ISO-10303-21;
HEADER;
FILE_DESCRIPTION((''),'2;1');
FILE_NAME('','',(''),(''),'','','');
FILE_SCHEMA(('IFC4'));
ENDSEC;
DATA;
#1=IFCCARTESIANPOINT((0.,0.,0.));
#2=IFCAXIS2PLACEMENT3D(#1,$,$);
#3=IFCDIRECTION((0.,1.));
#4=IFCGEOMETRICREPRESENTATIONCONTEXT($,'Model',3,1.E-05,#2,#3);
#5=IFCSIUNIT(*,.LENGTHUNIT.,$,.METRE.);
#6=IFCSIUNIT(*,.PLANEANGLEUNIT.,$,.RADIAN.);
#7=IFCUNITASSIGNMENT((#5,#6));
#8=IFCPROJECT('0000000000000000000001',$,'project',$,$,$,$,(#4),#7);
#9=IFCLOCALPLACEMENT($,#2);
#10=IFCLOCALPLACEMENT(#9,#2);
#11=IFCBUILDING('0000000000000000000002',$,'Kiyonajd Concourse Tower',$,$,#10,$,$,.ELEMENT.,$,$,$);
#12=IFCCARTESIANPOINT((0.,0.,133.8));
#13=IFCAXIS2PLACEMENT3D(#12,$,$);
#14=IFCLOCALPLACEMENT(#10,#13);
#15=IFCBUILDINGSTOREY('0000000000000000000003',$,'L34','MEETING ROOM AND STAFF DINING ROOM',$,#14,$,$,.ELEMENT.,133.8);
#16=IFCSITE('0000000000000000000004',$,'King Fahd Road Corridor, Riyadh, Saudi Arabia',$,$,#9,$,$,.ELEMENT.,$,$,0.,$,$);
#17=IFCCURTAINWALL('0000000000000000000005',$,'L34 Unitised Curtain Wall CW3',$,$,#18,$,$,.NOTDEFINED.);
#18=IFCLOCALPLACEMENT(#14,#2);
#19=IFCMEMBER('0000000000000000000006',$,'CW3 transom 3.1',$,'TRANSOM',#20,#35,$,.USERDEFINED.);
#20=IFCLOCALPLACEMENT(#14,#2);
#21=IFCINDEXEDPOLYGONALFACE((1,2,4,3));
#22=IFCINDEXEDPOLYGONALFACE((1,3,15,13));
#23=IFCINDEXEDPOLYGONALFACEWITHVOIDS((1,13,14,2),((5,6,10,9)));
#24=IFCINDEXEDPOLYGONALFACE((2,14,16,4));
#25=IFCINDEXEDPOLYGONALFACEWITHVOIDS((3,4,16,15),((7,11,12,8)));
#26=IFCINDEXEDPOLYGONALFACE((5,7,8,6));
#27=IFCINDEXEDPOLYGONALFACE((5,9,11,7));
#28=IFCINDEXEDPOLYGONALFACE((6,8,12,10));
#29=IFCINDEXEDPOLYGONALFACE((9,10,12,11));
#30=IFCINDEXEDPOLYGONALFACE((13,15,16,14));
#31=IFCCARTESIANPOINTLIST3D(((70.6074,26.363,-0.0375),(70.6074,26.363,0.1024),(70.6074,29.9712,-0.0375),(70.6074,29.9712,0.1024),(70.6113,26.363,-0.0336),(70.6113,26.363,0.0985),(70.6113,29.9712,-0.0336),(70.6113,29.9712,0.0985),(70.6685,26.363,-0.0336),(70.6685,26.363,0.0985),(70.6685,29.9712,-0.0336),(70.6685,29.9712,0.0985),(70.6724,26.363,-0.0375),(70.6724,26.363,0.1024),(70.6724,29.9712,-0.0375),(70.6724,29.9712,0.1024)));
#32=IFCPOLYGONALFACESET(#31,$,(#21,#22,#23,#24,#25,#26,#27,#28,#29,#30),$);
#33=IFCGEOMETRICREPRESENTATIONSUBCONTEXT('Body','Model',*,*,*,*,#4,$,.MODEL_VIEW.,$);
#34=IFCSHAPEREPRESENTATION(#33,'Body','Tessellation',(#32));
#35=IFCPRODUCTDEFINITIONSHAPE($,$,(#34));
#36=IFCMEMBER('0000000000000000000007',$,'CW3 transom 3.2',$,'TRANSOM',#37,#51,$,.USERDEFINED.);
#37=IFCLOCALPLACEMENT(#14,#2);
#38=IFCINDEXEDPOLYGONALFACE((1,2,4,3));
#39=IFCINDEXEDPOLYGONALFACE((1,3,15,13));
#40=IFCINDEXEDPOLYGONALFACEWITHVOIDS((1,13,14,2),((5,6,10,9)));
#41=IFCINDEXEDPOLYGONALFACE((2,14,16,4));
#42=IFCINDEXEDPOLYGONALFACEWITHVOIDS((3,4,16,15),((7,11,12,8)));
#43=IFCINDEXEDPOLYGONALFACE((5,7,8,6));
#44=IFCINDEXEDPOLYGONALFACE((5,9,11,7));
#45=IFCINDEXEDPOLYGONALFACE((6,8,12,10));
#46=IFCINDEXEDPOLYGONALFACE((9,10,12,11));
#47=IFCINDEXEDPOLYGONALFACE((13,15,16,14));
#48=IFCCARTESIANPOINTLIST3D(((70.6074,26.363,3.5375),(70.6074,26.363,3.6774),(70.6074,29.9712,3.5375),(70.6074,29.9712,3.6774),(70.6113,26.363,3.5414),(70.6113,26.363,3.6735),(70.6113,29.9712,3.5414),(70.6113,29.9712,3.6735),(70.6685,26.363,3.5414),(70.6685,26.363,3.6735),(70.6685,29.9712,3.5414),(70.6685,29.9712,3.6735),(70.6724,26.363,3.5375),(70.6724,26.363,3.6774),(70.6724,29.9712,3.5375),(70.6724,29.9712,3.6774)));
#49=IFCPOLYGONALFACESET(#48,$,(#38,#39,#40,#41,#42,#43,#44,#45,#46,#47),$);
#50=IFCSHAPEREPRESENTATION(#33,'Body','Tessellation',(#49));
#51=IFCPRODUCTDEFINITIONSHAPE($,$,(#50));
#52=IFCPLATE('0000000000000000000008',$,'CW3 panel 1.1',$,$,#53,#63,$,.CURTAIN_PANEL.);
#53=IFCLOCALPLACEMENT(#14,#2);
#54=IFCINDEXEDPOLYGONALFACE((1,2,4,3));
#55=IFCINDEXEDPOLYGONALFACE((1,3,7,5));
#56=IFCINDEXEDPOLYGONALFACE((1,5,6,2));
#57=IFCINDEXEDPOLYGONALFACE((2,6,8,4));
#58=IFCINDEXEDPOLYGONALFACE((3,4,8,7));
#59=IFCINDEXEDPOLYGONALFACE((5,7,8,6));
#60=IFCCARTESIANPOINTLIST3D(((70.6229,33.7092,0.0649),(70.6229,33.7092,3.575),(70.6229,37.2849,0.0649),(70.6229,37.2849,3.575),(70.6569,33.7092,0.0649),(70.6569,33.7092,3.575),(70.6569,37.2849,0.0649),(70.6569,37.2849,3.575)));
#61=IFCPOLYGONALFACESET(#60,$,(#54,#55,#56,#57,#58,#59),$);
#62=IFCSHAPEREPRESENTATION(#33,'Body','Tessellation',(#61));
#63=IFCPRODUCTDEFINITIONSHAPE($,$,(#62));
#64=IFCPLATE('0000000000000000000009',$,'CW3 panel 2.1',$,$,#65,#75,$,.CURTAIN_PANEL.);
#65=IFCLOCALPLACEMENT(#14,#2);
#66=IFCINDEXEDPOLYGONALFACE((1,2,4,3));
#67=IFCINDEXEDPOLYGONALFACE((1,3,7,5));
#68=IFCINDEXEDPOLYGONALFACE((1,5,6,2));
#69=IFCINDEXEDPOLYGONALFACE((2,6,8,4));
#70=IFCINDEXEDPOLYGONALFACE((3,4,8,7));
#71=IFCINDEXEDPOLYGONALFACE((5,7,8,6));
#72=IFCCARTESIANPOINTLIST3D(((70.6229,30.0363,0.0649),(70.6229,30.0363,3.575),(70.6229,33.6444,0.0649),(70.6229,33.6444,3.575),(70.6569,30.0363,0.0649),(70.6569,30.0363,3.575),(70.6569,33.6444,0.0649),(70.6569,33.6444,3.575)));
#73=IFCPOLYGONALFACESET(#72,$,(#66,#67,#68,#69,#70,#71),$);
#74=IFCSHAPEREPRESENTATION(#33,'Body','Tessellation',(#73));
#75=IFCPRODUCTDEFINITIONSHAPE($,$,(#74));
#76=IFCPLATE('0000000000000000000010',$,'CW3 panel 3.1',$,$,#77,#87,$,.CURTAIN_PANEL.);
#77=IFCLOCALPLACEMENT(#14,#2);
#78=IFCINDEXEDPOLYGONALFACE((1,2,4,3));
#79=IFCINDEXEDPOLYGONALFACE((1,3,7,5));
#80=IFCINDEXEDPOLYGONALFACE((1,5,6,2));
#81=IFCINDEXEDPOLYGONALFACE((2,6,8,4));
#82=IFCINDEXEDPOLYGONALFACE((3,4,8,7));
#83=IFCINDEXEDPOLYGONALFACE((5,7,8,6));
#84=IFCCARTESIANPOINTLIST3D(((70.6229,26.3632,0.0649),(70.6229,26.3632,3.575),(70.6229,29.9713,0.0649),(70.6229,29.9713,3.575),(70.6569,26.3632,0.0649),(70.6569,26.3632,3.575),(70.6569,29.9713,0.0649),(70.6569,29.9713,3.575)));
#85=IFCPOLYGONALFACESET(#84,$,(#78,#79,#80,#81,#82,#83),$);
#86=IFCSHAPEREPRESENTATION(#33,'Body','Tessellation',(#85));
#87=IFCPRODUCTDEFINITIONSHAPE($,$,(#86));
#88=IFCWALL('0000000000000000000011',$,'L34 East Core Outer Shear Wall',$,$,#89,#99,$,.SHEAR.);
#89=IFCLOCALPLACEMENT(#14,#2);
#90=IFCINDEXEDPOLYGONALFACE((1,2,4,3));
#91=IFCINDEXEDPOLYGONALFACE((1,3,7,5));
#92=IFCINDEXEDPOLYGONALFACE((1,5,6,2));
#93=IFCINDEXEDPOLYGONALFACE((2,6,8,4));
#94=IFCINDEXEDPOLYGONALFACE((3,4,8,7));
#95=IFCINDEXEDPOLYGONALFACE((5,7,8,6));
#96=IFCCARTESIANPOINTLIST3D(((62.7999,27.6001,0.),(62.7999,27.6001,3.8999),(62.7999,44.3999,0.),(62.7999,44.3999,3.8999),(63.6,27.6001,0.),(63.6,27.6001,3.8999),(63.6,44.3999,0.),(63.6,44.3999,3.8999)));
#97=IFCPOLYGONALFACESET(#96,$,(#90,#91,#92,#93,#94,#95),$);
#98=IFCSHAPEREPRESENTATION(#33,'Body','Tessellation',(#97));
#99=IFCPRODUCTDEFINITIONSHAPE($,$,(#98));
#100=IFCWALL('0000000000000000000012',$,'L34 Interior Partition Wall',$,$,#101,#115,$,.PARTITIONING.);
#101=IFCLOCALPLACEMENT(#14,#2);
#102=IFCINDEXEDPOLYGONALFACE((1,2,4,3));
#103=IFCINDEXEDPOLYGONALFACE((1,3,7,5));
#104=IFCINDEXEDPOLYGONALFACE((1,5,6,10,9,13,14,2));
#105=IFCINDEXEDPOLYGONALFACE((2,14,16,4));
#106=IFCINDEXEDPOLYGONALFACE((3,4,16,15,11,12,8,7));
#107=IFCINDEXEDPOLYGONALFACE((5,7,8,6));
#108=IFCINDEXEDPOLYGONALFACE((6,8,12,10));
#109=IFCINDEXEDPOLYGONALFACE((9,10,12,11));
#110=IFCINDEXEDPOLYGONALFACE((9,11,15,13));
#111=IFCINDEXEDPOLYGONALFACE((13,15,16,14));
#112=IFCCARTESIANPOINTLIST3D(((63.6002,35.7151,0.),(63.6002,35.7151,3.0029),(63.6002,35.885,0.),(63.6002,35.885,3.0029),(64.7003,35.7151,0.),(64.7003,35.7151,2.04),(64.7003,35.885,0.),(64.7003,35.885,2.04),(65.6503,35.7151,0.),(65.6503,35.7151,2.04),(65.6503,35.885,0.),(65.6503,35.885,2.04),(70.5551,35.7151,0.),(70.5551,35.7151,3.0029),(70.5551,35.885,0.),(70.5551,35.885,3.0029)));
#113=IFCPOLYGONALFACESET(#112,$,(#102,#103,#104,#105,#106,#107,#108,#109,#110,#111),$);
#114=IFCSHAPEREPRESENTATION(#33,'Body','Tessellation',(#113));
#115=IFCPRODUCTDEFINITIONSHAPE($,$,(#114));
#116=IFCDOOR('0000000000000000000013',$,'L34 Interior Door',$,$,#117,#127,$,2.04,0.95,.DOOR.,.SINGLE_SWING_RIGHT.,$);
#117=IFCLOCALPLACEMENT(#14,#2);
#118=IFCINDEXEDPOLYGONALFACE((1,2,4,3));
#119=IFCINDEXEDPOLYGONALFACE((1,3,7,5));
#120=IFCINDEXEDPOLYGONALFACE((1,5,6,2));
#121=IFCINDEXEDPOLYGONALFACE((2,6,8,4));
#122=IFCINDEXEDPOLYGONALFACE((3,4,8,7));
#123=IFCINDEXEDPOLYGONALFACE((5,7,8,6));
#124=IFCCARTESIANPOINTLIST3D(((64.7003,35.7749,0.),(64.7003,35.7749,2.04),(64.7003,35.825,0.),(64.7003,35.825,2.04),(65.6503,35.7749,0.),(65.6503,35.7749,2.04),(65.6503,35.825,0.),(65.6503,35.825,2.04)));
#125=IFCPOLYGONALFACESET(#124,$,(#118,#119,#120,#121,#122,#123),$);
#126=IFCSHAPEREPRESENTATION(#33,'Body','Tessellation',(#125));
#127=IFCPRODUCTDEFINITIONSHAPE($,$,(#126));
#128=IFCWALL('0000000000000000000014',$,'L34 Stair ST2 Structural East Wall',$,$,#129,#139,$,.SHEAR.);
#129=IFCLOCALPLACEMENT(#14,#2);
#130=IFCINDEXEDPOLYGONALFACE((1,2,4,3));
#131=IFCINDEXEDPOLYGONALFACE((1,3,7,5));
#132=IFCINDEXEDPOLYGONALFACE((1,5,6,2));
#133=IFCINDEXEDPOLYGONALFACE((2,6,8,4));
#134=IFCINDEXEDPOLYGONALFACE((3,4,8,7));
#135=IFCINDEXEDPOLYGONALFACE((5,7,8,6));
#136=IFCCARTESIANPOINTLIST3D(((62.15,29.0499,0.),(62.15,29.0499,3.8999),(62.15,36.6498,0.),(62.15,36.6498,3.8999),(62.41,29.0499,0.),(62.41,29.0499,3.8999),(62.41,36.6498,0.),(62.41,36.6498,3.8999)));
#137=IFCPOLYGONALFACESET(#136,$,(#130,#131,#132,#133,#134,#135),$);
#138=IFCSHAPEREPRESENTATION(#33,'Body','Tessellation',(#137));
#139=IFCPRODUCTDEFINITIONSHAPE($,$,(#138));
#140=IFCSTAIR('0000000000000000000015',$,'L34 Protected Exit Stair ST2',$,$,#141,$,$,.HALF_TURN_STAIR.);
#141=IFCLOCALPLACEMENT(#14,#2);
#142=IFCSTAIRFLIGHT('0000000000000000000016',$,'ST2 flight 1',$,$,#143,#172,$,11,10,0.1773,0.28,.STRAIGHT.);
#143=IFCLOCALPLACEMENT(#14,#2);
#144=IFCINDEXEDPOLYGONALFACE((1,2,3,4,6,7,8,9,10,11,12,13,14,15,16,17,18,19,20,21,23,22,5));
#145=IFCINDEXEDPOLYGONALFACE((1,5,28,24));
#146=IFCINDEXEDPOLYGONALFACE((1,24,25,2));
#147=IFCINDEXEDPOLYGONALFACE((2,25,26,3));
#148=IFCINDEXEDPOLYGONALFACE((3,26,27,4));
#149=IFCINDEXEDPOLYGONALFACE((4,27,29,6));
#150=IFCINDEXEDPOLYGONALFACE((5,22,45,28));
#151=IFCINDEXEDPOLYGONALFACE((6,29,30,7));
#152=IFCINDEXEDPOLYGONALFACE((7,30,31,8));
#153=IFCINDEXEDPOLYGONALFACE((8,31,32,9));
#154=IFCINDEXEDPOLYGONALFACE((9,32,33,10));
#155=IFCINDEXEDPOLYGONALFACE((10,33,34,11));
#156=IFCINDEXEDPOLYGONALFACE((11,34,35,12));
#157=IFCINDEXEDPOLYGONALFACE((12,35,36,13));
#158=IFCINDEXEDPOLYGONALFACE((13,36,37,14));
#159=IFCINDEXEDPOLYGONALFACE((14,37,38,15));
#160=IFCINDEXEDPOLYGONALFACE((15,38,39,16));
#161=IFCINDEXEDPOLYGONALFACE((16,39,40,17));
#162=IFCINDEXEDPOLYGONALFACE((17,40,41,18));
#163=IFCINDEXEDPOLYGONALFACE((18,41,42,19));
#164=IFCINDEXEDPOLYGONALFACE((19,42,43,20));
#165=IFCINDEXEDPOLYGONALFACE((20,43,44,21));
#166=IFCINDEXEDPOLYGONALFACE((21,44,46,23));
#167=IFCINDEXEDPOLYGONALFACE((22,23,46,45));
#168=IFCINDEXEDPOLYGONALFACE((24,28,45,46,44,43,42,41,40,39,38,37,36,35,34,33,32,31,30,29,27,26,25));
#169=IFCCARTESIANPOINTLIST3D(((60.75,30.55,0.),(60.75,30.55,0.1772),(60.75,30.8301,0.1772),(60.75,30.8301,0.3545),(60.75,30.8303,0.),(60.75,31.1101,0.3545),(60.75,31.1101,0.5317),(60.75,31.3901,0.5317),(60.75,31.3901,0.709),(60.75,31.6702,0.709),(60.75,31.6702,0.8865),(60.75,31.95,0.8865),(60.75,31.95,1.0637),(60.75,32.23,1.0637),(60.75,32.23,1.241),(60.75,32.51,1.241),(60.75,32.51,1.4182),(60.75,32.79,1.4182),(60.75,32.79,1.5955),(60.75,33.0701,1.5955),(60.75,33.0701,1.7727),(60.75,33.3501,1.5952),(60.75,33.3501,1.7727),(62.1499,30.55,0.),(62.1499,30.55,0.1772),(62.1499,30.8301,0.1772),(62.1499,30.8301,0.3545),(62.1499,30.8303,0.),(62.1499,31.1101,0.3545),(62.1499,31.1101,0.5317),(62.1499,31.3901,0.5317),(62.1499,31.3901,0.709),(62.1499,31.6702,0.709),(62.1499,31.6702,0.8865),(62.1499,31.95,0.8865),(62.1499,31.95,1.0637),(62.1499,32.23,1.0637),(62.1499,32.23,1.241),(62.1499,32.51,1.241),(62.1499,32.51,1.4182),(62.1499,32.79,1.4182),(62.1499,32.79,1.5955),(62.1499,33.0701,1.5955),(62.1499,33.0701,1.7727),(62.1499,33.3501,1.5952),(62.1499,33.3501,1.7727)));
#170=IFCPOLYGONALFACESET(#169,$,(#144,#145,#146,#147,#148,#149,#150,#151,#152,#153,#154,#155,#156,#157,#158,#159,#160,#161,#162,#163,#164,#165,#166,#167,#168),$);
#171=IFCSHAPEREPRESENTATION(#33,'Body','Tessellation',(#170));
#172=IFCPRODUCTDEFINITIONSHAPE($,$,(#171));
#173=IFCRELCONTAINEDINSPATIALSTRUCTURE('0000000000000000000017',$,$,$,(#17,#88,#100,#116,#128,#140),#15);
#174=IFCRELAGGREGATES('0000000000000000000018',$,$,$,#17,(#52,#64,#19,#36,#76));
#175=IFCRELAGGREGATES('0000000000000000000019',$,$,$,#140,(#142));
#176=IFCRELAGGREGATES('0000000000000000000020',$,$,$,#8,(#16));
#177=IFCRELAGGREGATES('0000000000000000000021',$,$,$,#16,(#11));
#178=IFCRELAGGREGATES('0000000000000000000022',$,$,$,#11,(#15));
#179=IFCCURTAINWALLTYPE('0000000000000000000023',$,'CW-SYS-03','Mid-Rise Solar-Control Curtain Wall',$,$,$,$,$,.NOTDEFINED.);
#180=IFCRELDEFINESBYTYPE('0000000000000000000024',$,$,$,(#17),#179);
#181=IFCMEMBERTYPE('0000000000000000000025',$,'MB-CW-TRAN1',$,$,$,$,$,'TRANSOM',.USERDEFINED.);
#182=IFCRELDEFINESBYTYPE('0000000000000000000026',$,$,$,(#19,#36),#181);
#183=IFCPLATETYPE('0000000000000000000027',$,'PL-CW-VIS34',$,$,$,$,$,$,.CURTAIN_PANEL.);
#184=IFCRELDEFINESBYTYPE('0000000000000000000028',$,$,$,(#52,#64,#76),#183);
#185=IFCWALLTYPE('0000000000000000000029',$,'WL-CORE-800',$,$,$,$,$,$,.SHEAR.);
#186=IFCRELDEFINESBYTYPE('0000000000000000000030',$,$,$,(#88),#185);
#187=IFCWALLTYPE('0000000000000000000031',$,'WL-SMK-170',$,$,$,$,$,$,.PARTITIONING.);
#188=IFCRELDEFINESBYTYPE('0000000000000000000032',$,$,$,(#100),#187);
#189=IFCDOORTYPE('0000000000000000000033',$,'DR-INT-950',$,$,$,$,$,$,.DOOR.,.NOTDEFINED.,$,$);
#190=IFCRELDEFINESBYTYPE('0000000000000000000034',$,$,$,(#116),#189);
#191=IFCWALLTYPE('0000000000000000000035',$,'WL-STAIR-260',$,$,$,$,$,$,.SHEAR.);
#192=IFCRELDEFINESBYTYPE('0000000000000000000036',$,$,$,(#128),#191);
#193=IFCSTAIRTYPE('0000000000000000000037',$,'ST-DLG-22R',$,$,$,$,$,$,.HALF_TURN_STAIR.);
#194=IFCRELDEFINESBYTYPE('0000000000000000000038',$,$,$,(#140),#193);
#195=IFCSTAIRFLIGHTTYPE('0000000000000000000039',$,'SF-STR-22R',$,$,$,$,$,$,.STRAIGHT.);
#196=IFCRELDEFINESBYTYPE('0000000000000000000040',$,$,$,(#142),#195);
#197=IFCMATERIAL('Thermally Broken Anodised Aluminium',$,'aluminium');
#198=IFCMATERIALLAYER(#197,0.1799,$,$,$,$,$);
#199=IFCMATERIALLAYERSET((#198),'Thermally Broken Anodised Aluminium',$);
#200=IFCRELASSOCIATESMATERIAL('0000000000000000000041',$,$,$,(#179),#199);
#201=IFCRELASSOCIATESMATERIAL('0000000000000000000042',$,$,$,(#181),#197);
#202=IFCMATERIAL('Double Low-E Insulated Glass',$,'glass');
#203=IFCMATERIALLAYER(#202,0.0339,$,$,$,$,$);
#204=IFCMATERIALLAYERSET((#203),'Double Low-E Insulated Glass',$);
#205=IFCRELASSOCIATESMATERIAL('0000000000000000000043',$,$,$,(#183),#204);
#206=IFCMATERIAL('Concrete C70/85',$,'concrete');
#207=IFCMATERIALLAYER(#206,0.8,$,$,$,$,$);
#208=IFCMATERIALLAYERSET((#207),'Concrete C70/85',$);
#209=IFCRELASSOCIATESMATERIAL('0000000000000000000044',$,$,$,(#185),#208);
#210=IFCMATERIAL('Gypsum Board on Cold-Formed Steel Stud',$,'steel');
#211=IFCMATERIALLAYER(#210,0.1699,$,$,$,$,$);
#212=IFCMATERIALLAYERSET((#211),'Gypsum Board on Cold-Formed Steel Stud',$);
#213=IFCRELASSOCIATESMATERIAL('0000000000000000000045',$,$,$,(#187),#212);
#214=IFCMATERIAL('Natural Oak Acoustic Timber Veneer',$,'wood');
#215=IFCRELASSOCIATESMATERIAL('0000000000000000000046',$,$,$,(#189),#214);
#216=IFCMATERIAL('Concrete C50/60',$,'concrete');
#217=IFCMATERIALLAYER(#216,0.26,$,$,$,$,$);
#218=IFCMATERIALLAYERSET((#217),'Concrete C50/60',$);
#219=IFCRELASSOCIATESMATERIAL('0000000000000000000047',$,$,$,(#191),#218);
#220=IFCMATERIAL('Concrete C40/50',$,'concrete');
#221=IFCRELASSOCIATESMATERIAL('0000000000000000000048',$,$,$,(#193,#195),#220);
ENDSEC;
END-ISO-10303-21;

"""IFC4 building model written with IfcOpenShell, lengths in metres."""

from ifc_helpers import new_model, si_unit, direction, frame, frame_2d, origin, origin_2d, place, context, subcontext, project, spatial, polyline, rectangle, hollow_rectangle, outline, extrude, material, layer, layer_set, material_profile, profile_set, type_object, element, fill, aggregate, save


model = new_model("IFC4")

# Units and contexts
model_context = context("Model", 3, precision=1e-05, world=origin(), true_north=direction((0.0, 1.0)))
body_context = subcontext(model_context, "Body", "Model", "MODEL_VIEW")
ifc_project = project(units=[si_unit("LENGTHUNIT", "METRE"), si_unit("PLANEANGLEUNIT", "RADIAN")], contexts=[model_context])

# Site, building, storey
site_placement = place(None, origin())
site = spatial("IfcSite", under=ifc_project, at=site_placement, Name="King Fahd Road Corridor, Riyadh, Saudi Arabia", CompositionType="ELEMENT", RefElevation=0.0)
building_placement = place(site_placement, origin())
building = spatial("IfcBuilding", under=site, at=building_placement, Name="Kiyonajd Concourse Tower", CompositionType="ELEMENT")
storey_placement = place(building_placement, frame((0.0, 0.0, 133.8)))
storey = spatial("IfcBuildingStorey", under=building, at=storey_placement, Name="L34", Description="MEETING ROOM AND STAFF DINING ROOM", CompositionType="ELEMENT", Elevation=133.8)

# Shared definitions
ifc_material_1 = material(Name="Concrete C70/85", Category="concrete")

# Curtain wall, members, plates
ifc_material_2 = material(Name="Thermally Broken Anodised Aluminium", Category="aluminium")
ifc_layer_1 = layer(ifc_material_2, 0.1799)
ifc_layer_set_1 = layer_set([ifc_layer_1], Name="Thermally Broken Anodised Aluminium")
curtain_wall_type = type_object("IfcCurtainWallType", Name="CW-SYS-03", Description="Mid-Rise Solar-Control Curtain Wall", PredefinedType="NOTDEFINED", material=ifc_layer_set_1)
curtain_wall_placement = place(storey_placement, origin())
curtain_wall = element("IfcCurtainWall", 1, at=curtain_wall_placement, inside=storey, type_object=curtain_wall_type, Name="L34 Unitised Curtain Wall CW3", PredefinedType="NOTDEFINED")
ifc_material_profile_1 = material_profile(ifc_material_2, hollow_rectangle(XDim=0.0649, YDim=0.1399, WallThickness=0.0039, at=origin_2d()), Name="TRAN-65x140")
ifc_profile_set_1 = profile_set([ifc_material_profile_1], Name="Thermally Broken Anodised Aluminium")
member_type_1 = type_object("IfcMemberType", Name="MB-CW-TRAN1", ElementType="TRANSOM", PredefinedType="USERDEFINED", material=ifc_profile_set_1)
member_1_placement = place(storey_placement, frame((70.6399, 29.9712, 0.0325), z_axis=(0.0, -1.0, 0.0), x_axis=(1.0, 0.0, 0.0)))
member_1 = element("IfcMember", 2, at=member_1_placement, type_object=member_type_1, Name="CW3 transom 3.1", ObjectType="TRANSOM", PredefinedType="USERDEFINED", context=body_context, shape_type="SweptSolid", body=[
    extrude(hollow_rectangle(XDim=0.0649, YDim=0.1399, WallThickness=0.0039, at=origin_2d()), origin(), (0.0, 0.0, 1.0), 3.6082),
])
member_2_placement = place(storey_placement, frame((70.6399, 29.9712, 3.6074), z_axis=(0.0, -1.0, 0.0), x_axis=(1.0, 0.0, 0.0)))
member_2 = element("IfcMember", 3, at=member_2_placement, type_object=member_type_1, Name="CW3 transom 3.2", ObjectType="TRANSOM", PredefinedType="USERDEFINED", context=body_context, shape_type="SweptSolid", body=[
    extrude(hollow_rectangle(XDim=0.0649, YDim=0.1399, WallThickness=0.0039, at=origin_2d()), origin(), (0.0, 0.0, 1.0), 3.6082),
])
ifc_material_3 = material(Name="Double Low-E Insulated Glass", Category="glass")
ifc_layer_2 = layer(ifc_material_3, 0.0339)
ifc_layer_set_2 = layer_set([ifc_layer_2], Name="Double Low-E Insulated Glass")
plate_type = type_object("IfcPlateType", Name="PL-CW-VIS34", PredefinedType="CURTAIN_PANEL", material=ifc_layer_set_2)
plate_1_placement = place(storey_placement, frame((70.6399, 35.4971, 0.0649), z_axis=(0.0, 0.0, 1.0), x_axis=(0.0, -1.0, 0.0)))
plate_1 = element("IfcPlate", 4, at=plate_1_placement, type_object=plate_type, Name="CW3 panel 1.1", PredefinedType="CURTAIN_PANEL", context=body_context, shape_type="SweptSolid", body=[
    extrude(rectangle(XDim=3.5757, YDim=0.0339, at=origin_2d()), origin(), (0.0, 0.0, 1.0), 3.51),
])
plate_2_placement = place(storey_placement, frame((70.6399, 31.8403, 0.0649), z_axis=(0.0, 0.0, 1.0), x_axis=(0.0, -1.0, 0.0)))
plate_2 = element("IfcPlate", 5, at=plate_2_placement, type_object=plate_type, Name="CW3 panel 2.1", PredefinedType="CURTAIN_PANEL", context=body_context, shape_type="SweptSolid", body=[
    extrude(rectangle(XDim=3.6082, YDim=0.0339, at=origin_2d()), origin(), (0.0, 0.0, 1.0), 3.51),
])
plate_3_placement = place(storey_placement, frame((70.6399, 28.1672, 0.0649), z_axis=(0.0, 0.0, 1.0), x_axis=(0.0, -1.0, 0.0)))
plate_3 = element("IfcPlate", 6, at=plate_3_placement, type_object=plate_type, Name="CW3 panel 3.1", PredefinedType="CURTAIN_PANEL", context=body_context, shape_type="SweptSolid", body=[
    extrude(rectangle(XDim=3.6082, YDim=0.0339, at=origin_2d()), origin(), (0.0, 0.0, 1.0), 3.51),
])
aggregate(curtain_wall, [plate_1, plate_2, member_1, member_2, plate_3])

# Wall
ifc_layer_3 = layer(ifc_material_1, 0.8)
ifc_layer_set_3 = layer_set([ifc_layer_3], Name="Concrete C70/85")
wall_type_1 = type_object("IfcWallType", Name="WL-CORE-800", PredefinedType="SHEAR", material=ifc_layer_set_3)
wall_1_placement = place(storey_placement, frame((63.2, 27.6001, 0.0), z_axis=(0.0, 0.0, 1.0), x_axis=(0.0, 1.0, 0.0)))
element("IfcWall", 7, at=wall_1_placement, inside=storey, type_object=wall_type_1, Name="L34 East Core Outer Shear Wall", PredefinedType="SHEAR", context=body_context, shape_type="SweptSolid", body=[
    extrude(rectangle(XDim=16.7998, YDim=0.8, at=frame_2d((8.3999, 0.0))), origin(), (0.0, 0.0, 1.0), 3.8999),
])

# Wall, opening, door
ifc_material_4 = material(Name="Gypsum Board on Cold-Formed Steel Stud", Category="steel")
ifc_layer_4 = layer(ifc_material_4, 0.1699)
ifc_layer_set_4 = layer_set([ifc_layer_4], Name="Gypsum Board on Cold-Formed Steel Stud")
wall_type_2 = type_object("IfcWallType", Name="WL-SMK-170", PredefinedType="PARTITIONING", material=ifc_layer_set_4)
wall_2_placement = place(storey_placement, frame((63.6001, 35.8, 0.0), z_axis=(0.0, 0.0, 1.0), x_axis=(1.0, 0.0, 0.0)))
wall_2 = element("IfcWall", 8, at=wall_2_placement, inside=storey, type_object=wall_type_2, Name="L34 Interior Partition Wall", PredefinedType="PARTITIONING", context=body_context, shape_type="SweptSolid", body=[
    extrude(rectangle(XDim=6.9548, YDim=0.1699, at=frame_2d((3.4775, 0.0))), origin(), (0.0, 0.0, 1.0), 3.0029),
])
opening_placement = place(wall_2_placement, frame((1.1001, 0.0, 0.0)))
opening = element("IfcOpeningElement", 9, at=opening_placement, cuts=wall_2, PredefinedType="OPENING", context=body_context, shape_type="SweptSolid", body=[
    extrude(rectangle(XDim=0.95, YDim=2.04, at=frame_2d((0.4751, 1.02))), frame((0.0, 0.095, 0.0), z_axis=(0.0, -1.0, 0.0), x_axis=(1.0, 0.0, 0.0)), (0.0, 0.0, 1.0), 0.1899),
])
ifc_material_5 = material(Name="Natural Oak Acoustic Timber Veneer", Category="wood")
door_type = type_object("IfcDoorType", Name="DR-INT-950", OperationType="NOTDEFINED", PredefinedType="DOOR", material=ifc_material_5)
door_placement = place(opening_placement, origin())
door = element("IfcDoor", 10, at=door_placement, inside=storey, type_object=door_type, Name="L34 Interior Door", OperationType="SINGLE_SWING_RIGHT", OverallHeight=2.04, OverallWidth=0.95, PredefinedType="DOOR", context=body_context, shape_type="SweptSolid", body=[
    extrude(rectangle(XDim=0.95, YDim=2.04, at=frame_2d((0.4751, 1.02))), frame((0.0, 0.0249, 0.0), z_axis=(0.0, -1.0, 0.0), x_axis=(1.0, 0.0, 0.0)), (0.0, 0.0, 1.0), 0.05),
])
fill(opening, door)

# Wall
ifc_material_6 = material(Name="Concrete C50/60", Category="concrete")
ifc_layer_5 = layer(ifc_material_6, 0.26)
ifc_layer_set_5 = layer_set([ifc_layer_5], Name="Concrete C50/60")
wall_type_3 = type_object("IfcWallType", Name="WL-STAIR-260", PredefinedType="SHEAR", material=ifc_layer_set_5)
wall_3_placement = place(storey_placement, frame((62.28, 29.05, 0.0), z_axis=(0.0, 0.0, 1.0), x_axis=(0.0, 1.0, 0.0)))
element("IfcWall", 11, at=wall_3_placement, inside=storey, type_object=wall_type_3, Name="L34 Stair ST2 Structural East Wall", PredefinedType="SHEAR", context=body_context, shape_type="SweptSolid", body=[
    extrude(rectangle(XDim=7.5999, YDim=0.26, at=frame_2d((3.7998, 0.0))), origin(), (0.0, 0.0, 1.0), 3.8999),
])

# Stair, stair flight
ifc_material_7 = material(Name="Concrete C40/50", Category="concrete")
stair_type = type_object("IfcStairType", Name="ST-DLG-22R", PredefinedType="HALF_TURN_STAIR", material=ifc_material_7)
stair_placement = place(storey_placement, origin())
stair = element("IfcStair", 12, at=stair_placement, inside=storey, type_object=stair_type, Name="L34 Protected Exit Stair ST2", PredefinedType="HALF_TURN_STAIR")
stair_flight_type = type_object("IfcStairFlightType", Name="SF-STR-22R", PredefinedType="STRAIGHT", material=ifc_material_7)
stair_flight_1_placement = place(storey_placement, frame((61.45, 30.55, 0.0), z_axis=(0.0, 0.0, 1.0), x_axis=(0.0, 1.0, 0.0)))
stair_flight_1 = element("IfcStairFlight", 13, at=stair_flight_1_placement, type_object=stair_flight_type, Name="ST2 flight 1", NumberOfRisers=11, NumberOfTreads=10, PredefinedType="STRAIGHT", RiserHeight=0.1773, TreadLength=0.28, context=body_context, shape_type="SweptSolid", body=[
    extrude(outline(polyline([(0.0, 0.0), (0.0, 0.1772), (0.28, 0.1772), (0.28, 0.3545), (0.5601, 0.3545), (0.5601, 0.5317), (0.8401, 0.5317), (0.8401, 0.709), (1.1201, 0.709), (1.1201, 0.8865), (1.3999, 0.8865), (1.3999, 1.0637), (1.6799, 1.0637), (1.6799, 1.241), (1.96, 1.241), (1.96, 1.4182), (2.24, 1.4182), (2.24, 1.5955), (2.52, 1.5955), (2.52, 1.7727), (2.8, 1.7727), (2.8, 1.95), (2.8, 1.5952), (0.2803, 0.0), (0.0, 0.0)])), frame((0.0, 0.7, 0.0), z_axis=(0.0, -1.0, 0.0), x_axis=(1.0, 0.0, 0.0)), (0.0, 0.0, 1.0), 1.3999),
])
aggregate(stair, [stair_flight_1])

save(model, "model.ifc")
